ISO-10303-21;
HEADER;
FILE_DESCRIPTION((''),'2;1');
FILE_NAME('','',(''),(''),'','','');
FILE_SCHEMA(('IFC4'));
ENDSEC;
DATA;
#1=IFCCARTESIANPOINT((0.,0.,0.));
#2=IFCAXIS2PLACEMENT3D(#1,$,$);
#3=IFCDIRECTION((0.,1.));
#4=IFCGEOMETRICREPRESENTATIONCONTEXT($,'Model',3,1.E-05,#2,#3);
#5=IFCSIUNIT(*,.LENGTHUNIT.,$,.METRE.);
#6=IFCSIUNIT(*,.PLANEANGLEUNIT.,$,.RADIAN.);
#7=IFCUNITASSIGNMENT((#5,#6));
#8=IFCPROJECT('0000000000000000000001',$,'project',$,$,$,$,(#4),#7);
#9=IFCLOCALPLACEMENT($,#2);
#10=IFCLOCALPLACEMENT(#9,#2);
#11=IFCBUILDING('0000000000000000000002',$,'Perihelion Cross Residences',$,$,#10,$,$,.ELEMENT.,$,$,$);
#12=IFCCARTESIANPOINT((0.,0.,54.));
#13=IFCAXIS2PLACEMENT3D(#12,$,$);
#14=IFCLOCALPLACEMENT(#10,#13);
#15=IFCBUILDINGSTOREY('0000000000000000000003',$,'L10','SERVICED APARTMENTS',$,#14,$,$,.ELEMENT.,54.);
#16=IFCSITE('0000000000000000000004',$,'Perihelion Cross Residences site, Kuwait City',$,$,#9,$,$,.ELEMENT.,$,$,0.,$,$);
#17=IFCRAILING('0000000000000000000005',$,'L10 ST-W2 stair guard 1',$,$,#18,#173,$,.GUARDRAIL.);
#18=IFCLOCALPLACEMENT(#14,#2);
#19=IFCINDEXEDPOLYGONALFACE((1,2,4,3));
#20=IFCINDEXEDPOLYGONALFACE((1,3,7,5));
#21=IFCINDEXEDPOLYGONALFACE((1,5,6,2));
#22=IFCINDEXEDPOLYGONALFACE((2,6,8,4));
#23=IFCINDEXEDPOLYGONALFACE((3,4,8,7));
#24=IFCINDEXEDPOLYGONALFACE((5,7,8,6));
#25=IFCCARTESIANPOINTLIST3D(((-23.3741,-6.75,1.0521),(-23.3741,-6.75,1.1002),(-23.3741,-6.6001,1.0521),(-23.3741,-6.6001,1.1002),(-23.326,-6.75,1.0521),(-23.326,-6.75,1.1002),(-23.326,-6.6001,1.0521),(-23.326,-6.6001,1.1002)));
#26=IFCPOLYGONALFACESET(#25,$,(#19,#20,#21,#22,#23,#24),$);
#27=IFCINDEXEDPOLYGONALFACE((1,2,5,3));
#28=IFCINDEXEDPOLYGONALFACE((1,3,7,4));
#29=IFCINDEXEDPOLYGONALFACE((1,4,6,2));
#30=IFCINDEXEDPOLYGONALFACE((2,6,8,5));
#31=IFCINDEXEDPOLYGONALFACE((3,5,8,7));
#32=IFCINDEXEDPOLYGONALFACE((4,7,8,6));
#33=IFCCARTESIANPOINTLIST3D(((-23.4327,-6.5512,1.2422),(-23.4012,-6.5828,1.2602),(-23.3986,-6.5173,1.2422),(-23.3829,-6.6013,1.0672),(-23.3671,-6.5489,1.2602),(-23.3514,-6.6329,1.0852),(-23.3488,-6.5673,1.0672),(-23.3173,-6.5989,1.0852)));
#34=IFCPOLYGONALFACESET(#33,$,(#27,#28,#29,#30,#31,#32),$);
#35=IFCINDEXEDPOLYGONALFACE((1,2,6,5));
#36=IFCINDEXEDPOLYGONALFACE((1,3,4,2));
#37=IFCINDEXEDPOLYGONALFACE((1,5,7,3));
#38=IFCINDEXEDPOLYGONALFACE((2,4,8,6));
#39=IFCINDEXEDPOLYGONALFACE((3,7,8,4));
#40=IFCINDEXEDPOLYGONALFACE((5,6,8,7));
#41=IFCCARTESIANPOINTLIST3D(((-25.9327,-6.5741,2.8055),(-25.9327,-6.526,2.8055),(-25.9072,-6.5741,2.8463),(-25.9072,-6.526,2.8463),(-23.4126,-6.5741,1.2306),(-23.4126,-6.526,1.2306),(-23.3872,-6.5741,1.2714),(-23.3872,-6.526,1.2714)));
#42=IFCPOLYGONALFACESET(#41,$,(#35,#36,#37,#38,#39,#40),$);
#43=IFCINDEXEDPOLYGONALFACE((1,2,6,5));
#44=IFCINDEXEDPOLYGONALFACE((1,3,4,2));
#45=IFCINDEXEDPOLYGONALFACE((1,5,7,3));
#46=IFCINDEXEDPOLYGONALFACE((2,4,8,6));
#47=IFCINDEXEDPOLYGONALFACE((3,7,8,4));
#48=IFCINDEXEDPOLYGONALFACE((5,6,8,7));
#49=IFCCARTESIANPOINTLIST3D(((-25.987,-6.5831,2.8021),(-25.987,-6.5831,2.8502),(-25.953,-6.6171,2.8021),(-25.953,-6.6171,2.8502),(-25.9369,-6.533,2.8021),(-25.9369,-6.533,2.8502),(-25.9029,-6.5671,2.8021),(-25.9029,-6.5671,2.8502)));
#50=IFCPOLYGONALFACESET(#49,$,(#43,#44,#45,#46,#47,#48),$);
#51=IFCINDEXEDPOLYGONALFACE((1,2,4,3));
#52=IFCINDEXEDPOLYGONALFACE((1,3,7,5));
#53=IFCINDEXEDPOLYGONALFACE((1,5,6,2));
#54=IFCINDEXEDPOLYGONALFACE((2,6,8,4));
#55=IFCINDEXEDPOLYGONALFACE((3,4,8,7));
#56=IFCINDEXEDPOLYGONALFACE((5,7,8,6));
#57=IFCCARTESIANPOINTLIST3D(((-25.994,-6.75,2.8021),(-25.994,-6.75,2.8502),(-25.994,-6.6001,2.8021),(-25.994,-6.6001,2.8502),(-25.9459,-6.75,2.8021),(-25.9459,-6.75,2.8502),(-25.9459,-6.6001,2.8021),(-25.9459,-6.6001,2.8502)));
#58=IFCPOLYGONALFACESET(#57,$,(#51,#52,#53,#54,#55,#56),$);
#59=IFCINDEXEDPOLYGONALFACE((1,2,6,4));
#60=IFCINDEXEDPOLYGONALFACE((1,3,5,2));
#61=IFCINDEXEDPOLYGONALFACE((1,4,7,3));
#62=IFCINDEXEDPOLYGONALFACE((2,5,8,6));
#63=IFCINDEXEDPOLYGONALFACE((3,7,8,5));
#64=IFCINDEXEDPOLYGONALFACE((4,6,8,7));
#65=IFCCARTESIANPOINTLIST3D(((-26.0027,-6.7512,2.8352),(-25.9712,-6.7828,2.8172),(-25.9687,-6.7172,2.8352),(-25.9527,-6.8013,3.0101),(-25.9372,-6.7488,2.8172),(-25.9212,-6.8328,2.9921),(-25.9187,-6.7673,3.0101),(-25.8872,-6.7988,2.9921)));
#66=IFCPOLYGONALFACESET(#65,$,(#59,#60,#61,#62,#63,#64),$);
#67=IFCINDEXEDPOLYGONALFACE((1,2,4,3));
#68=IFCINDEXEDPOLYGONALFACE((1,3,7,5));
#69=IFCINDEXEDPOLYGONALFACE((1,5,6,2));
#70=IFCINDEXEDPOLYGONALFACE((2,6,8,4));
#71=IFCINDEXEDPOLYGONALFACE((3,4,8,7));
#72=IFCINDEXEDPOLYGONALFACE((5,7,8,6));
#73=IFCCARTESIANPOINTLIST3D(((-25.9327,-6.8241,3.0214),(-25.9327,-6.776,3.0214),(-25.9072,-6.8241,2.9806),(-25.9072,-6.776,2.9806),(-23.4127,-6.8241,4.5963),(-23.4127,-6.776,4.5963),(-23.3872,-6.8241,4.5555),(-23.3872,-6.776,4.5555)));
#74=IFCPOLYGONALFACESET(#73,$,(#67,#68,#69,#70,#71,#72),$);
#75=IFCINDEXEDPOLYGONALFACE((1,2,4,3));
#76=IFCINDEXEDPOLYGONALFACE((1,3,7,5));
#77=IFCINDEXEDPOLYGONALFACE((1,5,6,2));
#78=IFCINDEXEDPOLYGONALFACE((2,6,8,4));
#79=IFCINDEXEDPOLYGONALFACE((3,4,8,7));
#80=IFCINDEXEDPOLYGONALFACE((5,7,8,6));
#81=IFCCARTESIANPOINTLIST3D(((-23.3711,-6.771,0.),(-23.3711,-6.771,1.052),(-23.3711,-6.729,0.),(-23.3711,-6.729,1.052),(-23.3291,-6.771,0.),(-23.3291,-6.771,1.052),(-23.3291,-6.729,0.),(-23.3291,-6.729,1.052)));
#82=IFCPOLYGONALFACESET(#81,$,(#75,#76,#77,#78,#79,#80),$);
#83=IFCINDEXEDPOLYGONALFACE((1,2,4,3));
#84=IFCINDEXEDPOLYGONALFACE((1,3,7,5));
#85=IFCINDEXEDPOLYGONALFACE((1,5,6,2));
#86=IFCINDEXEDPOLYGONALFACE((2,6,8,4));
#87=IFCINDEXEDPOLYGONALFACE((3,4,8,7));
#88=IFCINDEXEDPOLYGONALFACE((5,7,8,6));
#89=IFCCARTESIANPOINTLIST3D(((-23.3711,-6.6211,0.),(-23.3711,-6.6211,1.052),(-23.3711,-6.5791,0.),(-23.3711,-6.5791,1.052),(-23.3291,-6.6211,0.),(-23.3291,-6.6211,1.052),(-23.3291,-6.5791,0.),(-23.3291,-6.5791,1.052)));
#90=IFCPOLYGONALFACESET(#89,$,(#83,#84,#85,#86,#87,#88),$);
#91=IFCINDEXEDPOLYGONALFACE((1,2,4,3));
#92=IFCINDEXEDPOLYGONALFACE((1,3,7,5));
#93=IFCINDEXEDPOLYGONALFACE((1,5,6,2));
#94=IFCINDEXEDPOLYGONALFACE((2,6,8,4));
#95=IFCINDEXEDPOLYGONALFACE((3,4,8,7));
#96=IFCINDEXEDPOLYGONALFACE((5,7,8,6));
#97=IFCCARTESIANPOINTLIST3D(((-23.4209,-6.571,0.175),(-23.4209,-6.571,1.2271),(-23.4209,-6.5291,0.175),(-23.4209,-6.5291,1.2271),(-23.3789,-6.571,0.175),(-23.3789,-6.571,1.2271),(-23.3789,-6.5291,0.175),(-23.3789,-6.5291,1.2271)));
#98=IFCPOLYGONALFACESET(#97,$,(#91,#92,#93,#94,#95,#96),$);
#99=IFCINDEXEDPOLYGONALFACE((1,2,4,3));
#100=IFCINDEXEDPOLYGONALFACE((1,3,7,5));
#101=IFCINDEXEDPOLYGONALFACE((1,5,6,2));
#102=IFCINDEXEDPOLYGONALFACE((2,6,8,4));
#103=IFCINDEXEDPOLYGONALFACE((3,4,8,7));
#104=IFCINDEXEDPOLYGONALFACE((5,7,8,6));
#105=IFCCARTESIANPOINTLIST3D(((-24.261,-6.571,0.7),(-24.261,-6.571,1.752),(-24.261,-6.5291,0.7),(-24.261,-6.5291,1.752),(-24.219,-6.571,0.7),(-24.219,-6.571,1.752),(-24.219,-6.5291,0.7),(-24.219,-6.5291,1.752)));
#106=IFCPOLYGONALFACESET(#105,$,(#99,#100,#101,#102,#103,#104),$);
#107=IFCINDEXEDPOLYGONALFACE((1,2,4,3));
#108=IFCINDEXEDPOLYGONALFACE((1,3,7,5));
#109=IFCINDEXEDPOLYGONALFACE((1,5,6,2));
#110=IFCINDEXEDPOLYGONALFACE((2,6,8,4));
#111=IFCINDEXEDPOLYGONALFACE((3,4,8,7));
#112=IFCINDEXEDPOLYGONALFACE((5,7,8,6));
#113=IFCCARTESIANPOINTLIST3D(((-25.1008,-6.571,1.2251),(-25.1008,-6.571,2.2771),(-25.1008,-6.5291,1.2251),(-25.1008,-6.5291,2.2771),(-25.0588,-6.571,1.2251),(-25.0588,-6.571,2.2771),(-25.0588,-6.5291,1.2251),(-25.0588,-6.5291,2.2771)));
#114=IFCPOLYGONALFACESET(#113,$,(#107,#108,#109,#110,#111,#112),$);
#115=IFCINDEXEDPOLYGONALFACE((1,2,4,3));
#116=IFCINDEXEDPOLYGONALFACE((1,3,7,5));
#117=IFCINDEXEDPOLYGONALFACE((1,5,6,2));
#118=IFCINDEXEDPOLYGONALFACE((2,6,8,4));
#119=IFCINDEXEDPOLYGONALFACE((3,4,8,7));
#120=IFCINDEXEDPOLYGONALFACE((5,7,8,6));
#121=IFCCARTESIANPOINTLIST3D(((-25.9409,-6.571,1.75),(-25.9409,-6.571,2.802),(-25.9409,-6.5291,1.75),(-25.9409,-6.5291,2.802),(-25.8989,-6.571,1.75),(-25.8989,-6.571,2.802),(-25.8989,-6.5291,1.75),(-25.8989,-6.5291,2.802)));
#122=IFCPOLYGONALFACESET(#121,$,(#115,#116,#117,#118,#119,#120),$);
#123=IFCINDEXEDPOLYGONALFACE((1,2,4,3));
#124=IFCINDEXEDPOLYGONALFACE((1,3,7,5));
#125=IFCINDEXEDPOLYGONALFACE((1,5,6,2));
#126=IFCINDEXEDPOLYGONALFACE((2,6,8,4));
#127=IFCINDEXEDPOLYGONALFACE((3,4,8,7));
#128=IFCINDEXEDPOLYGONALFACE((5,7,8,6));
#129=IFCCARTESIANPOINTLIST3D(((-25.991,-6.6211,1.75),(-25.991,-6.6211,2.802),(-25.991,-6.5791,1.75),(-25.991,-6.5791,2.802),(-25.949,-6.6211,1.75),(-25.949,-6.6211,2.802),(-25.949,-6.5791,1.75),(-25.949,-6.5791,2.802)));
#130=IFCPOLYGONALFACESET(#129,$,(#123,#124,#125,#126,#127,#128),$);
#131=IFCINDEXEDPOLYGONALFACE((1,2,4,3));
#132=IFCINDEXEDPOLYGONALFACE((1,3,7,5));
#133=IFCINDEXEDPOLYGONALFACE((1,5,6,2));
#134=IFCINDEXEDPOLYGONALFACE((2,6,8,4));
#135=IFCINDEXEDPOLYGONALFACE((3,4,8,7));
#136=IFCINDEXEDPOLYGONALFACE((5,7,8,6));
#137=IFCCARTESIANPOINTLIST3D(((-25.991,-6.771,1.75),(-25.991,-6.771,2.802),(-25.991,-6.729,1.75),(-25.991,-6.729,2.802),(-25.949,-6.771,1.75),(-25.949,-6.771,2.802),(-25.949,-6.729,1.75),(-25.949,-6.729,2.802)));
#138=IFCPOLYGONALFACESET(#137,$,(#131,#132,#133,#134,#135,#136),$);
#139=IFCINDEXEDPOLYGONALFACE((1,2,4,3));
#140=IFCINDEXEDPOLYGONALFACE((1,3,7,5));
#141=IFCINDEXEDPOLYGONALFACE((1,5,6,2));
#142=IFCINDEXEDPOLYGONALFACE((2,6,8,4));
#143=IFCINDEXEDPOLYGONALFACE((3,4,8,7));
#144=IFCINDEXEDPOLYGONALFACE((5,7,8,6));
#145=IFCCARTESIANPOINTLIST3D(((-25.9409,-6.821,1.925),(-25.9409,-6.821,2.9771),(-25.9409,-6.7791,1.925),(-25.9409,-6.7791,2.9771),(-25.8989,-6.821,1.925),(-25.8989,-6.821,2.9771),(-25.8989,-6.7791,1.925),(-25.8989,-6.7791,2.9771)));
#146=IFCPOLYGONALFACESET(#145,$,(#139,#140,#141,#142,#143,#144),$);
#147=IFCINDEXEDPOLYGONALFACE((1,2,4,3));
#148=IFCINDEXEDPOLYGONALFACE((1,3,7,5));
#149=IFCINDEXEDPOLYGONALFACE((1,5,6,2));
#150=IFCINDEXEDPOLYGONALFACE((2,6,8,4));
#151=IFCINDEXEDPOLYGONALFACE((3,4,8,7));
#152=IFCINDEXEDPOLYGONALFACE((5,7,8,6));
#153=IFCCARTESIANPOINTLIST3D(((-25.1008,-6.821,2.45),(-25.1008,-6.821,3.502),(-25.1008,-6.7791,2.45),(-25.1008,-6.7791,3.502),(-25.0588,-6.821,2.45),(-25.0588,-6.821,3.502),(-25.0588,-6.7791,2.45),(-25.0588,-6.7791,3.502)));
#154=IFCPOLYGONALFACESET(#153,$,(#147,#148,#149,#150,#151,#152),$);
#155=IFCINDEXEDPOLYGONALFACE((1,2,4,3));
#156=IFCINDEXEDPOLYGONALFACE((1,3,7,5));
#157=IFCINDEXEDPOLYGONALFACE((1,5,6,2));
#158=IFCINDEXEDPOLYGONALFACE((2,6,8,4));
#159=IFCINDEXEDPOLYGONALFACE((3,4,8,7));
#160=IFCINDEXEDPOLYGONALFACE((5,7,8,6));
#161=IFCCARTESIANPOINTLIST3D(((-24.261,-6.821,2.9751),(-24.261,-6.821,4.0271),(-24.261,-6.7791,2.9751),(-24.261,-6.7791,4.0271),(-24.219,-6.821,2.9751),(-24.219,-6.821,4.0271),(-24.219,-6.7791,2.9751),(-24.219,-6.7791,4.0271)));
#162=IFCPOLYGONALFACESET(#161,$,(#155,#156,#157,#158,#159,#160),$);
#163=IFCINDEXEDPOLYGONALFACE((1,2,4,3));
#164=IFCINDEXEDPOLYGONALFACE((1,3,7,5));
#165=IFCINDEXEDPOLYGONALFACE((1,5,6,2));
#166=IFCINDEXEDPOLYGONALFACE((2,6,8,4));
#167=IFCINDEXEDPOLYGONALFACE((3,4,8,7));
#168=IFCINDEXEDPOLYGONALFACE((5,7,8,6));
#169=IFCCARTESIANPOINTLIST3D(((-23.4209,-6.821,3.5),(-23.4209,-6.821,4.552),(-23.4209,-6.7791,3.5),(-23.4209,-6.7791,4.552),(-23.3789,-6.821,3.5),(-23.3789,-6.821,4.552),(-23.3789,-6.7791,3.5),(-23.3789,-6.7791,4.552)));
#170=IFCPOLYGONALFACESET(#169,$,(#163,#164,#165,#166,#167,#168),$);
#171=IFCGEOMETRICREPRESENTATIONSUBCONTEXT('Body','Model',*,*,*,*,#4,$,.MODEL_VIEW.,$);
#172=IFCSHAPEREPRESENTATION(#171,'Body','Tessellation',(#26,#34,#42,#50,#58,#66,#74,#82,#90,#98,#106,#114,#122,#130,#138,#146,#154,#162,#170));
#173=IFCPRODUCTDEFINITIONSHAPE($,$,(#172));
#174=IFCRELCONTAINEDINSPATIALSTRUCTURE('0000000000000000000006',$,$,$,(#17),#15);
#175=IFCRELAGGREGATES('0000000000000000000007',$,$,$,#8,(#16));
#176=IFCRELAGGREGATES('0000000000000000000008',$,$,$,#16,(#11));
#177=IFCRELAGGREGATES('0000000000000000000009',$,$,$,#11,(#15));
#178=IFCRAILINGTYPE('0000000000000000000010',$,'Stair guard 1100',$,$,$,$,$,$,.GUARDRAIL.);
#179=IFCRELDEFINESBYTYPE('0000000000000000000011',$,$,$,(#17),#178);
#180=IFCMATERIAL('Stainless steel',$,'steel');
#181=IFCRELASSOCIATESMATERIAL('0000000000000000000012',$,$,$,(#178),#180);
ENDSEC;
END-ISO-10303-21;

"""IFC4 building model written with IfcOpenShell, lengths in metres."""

from ifc_helpers import new_model, si_unit, direction, frame, origin, origin_2d, place, context, subcontext, project, spatial, rectangle, extrude, material, type_object, element, save


model = new_model("IFC4")

# Units and contexts
model_context = context("Model", 3, precision=1e-05, world=origin(), true_north=direction((0.0, 1.0)))
body_context = subcontext(model_context, "Body", "Model", "MODEL_VIEW")
ifc_project = project(units=[si_unit("LENGTHUNIT", "METRE"), si_unit("PLANEANGLEUNIT", "RADIAN")], contexts=[model_context])

# Site, building, storey
site_placement = place(None, origin())
site = spatial("IfcSite", under=ifc_project, at=site_placement, Name="Perihelion Cross Residences site, Kuwait City", CompositionType="ELEMENT", RefElevation=0.0)
building_placement = place(site_placement, origin())
building = spatial("IfcBuilding", under=site, at=building_placement, Name="Perihelion Cross Residences", CompositionType="ELEMENT")
storey_placement = place(building_placement, frame((0.0, 0.0, 54.0)))
storey = spatial("IfcBuildingStorey", under=building, at=storey_placement, Name="L10", Description="SERVICED APARTMENTS", CompositionType="ELEMENT", Elevation=54.0)

# Railing
ifc_material_1 = material(Name="Stainless steel", Category="steel")
railing_type_1 = type_object("IfcRailingType", Name="Stair guard 1100", PredefinedType="GUARDRAIL", material=ifc_material_1)
railing_1_placement = place(storey_placement, frame((-23.3501, -6.75, 0.0)))
element("IfcRailing", 1, at=railing_1_placement, inside=storey, type_object=railing_type_1, Name="L10 ST-W2 stair guard 1", PredefinedType="GUARDRAIL", context=body_context, shape_type="SweptSolid", body=[
    extrude(rectangle(XDim=0.0481, YDim=0.0481, at=origin_2d()), frame((0.0, 0.0, 1.0762), z_axis=(0.0, 1.0, 0.0), x_axis=(-1.0, 0.0, 0.0)), (0.0, 0.0, 1.0), 0.1499),
    extrude(rectangle(XDim=0.0481, YDim=0.0481, at=origin_2d()), frame((0.0, 0.1499, 1.0762), z_axis=(-0.263862, 0.265156, 0.927399), x_axis=(-0.708834, -0.705376, 0.0)), (0.0, 0.0, 1.0), 0.1887),
    extrude(rectangle(XDim=0.0481, YDim=0.0481, at=origin_2d()), frame((-0.0498, 0.2, 1.251), z_axis=(-0.848008, 0.0, 0.529984), x_axis=(0.0, -1.0, 0.0)), (0.0, 0.0, 1.0), 2.9717),
    extrude(rectangle(XDim=0.0481, YDim=0.0481, at=origin_2d()), frame((-2.5698, 0.2, 2.8262), z_axis=(-0.707107, -0.707107, 0.0), x_axis=(0.707107, -0.707107, 0.0)), (0.0, 0.0, 1.0), 0.0708),
    extrude(rectangle(XDim=0.0481, YDim=0.0481, at=origin_2d()), frame((-2.6199, 0.1499, 2.8262), z_axis=(0.0, -1.0, 0.0), x_axis=(1.0, 0.0, 0.0)), (0.0, 0.0, 1.0), 0.1499),
    extrude(rectangle(XDim=0.0481, YDim=0.0481, at=origin_2d()), frame((-2.6199, 0.0, 2.8262), z_axis=(0.265065, -0.265065, 0.927082), x_axis=(0.707107, 0.707107, 0.0)), (0.0, 0.0, 1.0), 0.1887),
    extrude(rectangle(XDim=0.0481, YDim=0.0481, at=origin_2d()), frame((-2.5698, -0.05, 3.001), z_axis=(0.848008, 0.0, 0.529984), x_axis=(0.0, 1.0, 0.0)), (0.0, 0.0, 1.0), 2.9717),
    extrude(rectangle(XDim=0.042, YDim=0.042, at=origin_2d()), origin(), (0.0, 0.0, 1.0), 1.052),
    extrude(rectangle(XDim=0.042, YDim=0.042, at=origin_2d()), frame((0.0, 0.1499, 0.0)), (0.0, 0.0, 1.0), 1.052),
    extrude(rectangle(XDim=0.042, YDim=0.042, at=origin_2d()), frame((-0.0498, 0.2, 0.175)), (0.0, 0.0, 1.0), 1.052),
    extrude(rectangle(XDim=0.042, YDim=0.042, at=origin_2d()), frame((-0.8899, 0.2, 0.7)), (0.0, 0.0, 1.0), 1.052),
    extrude(rectangle(XDim=0.042, YDim=0.042, at=origin_2d()), frame((-1.7297, 0.2, 1.2251)), (0.0, 0.0, 1.0), 1.052),
    extrude(rectangle(XDim=0.042, YDim=0.042, at=origin_2d()), frame((-2.5698, 0.2, 1.75)), (0.0, 0.0, 1.0), 1.052),
    extrude(rectangle(XDim=0.042, YDim=0.042, at=origin_2d()), frame((-2.6199, 0.1499, 1.75)), (0.0, 0.0, 1.0), 1.052),
    extrude(rectangle(XDim=0.042, YDim=0.042, at=origin_2d()), frame((-2.6199, 0.0, 1.75)), (0.0, 0.0, 1.0), 1.052),
    extrude(rectangle(XDim=0.042, YDim=0.042, at=origin_2d()), frame((-2.5698, -0.05, 1.925)), (0.0, 0.0, 1.0), 1.052),
    extrude(rectangle(XDim=0.042, YDim=0.042, at=origin_2d()), frame((-1.7297, -0.05, 2.45)), (0.0, 0.0, 1.0), 1.052),
    extrude(rectangle(XDim=0.042, YDim=0.042, at=origin_2d()), frame((-0.8899, -0.05, 2.9751)), (0.0, 0.0, 1.0), 1.052),
    extrude(rectangle(XDim=0.042, YDim=0.042, at=origin_2d()), frame((-0.0498, -0.05, 3.5)), (0.0, 0.0, 1.0), 1.052),
])

save(model, "model.ifc")
